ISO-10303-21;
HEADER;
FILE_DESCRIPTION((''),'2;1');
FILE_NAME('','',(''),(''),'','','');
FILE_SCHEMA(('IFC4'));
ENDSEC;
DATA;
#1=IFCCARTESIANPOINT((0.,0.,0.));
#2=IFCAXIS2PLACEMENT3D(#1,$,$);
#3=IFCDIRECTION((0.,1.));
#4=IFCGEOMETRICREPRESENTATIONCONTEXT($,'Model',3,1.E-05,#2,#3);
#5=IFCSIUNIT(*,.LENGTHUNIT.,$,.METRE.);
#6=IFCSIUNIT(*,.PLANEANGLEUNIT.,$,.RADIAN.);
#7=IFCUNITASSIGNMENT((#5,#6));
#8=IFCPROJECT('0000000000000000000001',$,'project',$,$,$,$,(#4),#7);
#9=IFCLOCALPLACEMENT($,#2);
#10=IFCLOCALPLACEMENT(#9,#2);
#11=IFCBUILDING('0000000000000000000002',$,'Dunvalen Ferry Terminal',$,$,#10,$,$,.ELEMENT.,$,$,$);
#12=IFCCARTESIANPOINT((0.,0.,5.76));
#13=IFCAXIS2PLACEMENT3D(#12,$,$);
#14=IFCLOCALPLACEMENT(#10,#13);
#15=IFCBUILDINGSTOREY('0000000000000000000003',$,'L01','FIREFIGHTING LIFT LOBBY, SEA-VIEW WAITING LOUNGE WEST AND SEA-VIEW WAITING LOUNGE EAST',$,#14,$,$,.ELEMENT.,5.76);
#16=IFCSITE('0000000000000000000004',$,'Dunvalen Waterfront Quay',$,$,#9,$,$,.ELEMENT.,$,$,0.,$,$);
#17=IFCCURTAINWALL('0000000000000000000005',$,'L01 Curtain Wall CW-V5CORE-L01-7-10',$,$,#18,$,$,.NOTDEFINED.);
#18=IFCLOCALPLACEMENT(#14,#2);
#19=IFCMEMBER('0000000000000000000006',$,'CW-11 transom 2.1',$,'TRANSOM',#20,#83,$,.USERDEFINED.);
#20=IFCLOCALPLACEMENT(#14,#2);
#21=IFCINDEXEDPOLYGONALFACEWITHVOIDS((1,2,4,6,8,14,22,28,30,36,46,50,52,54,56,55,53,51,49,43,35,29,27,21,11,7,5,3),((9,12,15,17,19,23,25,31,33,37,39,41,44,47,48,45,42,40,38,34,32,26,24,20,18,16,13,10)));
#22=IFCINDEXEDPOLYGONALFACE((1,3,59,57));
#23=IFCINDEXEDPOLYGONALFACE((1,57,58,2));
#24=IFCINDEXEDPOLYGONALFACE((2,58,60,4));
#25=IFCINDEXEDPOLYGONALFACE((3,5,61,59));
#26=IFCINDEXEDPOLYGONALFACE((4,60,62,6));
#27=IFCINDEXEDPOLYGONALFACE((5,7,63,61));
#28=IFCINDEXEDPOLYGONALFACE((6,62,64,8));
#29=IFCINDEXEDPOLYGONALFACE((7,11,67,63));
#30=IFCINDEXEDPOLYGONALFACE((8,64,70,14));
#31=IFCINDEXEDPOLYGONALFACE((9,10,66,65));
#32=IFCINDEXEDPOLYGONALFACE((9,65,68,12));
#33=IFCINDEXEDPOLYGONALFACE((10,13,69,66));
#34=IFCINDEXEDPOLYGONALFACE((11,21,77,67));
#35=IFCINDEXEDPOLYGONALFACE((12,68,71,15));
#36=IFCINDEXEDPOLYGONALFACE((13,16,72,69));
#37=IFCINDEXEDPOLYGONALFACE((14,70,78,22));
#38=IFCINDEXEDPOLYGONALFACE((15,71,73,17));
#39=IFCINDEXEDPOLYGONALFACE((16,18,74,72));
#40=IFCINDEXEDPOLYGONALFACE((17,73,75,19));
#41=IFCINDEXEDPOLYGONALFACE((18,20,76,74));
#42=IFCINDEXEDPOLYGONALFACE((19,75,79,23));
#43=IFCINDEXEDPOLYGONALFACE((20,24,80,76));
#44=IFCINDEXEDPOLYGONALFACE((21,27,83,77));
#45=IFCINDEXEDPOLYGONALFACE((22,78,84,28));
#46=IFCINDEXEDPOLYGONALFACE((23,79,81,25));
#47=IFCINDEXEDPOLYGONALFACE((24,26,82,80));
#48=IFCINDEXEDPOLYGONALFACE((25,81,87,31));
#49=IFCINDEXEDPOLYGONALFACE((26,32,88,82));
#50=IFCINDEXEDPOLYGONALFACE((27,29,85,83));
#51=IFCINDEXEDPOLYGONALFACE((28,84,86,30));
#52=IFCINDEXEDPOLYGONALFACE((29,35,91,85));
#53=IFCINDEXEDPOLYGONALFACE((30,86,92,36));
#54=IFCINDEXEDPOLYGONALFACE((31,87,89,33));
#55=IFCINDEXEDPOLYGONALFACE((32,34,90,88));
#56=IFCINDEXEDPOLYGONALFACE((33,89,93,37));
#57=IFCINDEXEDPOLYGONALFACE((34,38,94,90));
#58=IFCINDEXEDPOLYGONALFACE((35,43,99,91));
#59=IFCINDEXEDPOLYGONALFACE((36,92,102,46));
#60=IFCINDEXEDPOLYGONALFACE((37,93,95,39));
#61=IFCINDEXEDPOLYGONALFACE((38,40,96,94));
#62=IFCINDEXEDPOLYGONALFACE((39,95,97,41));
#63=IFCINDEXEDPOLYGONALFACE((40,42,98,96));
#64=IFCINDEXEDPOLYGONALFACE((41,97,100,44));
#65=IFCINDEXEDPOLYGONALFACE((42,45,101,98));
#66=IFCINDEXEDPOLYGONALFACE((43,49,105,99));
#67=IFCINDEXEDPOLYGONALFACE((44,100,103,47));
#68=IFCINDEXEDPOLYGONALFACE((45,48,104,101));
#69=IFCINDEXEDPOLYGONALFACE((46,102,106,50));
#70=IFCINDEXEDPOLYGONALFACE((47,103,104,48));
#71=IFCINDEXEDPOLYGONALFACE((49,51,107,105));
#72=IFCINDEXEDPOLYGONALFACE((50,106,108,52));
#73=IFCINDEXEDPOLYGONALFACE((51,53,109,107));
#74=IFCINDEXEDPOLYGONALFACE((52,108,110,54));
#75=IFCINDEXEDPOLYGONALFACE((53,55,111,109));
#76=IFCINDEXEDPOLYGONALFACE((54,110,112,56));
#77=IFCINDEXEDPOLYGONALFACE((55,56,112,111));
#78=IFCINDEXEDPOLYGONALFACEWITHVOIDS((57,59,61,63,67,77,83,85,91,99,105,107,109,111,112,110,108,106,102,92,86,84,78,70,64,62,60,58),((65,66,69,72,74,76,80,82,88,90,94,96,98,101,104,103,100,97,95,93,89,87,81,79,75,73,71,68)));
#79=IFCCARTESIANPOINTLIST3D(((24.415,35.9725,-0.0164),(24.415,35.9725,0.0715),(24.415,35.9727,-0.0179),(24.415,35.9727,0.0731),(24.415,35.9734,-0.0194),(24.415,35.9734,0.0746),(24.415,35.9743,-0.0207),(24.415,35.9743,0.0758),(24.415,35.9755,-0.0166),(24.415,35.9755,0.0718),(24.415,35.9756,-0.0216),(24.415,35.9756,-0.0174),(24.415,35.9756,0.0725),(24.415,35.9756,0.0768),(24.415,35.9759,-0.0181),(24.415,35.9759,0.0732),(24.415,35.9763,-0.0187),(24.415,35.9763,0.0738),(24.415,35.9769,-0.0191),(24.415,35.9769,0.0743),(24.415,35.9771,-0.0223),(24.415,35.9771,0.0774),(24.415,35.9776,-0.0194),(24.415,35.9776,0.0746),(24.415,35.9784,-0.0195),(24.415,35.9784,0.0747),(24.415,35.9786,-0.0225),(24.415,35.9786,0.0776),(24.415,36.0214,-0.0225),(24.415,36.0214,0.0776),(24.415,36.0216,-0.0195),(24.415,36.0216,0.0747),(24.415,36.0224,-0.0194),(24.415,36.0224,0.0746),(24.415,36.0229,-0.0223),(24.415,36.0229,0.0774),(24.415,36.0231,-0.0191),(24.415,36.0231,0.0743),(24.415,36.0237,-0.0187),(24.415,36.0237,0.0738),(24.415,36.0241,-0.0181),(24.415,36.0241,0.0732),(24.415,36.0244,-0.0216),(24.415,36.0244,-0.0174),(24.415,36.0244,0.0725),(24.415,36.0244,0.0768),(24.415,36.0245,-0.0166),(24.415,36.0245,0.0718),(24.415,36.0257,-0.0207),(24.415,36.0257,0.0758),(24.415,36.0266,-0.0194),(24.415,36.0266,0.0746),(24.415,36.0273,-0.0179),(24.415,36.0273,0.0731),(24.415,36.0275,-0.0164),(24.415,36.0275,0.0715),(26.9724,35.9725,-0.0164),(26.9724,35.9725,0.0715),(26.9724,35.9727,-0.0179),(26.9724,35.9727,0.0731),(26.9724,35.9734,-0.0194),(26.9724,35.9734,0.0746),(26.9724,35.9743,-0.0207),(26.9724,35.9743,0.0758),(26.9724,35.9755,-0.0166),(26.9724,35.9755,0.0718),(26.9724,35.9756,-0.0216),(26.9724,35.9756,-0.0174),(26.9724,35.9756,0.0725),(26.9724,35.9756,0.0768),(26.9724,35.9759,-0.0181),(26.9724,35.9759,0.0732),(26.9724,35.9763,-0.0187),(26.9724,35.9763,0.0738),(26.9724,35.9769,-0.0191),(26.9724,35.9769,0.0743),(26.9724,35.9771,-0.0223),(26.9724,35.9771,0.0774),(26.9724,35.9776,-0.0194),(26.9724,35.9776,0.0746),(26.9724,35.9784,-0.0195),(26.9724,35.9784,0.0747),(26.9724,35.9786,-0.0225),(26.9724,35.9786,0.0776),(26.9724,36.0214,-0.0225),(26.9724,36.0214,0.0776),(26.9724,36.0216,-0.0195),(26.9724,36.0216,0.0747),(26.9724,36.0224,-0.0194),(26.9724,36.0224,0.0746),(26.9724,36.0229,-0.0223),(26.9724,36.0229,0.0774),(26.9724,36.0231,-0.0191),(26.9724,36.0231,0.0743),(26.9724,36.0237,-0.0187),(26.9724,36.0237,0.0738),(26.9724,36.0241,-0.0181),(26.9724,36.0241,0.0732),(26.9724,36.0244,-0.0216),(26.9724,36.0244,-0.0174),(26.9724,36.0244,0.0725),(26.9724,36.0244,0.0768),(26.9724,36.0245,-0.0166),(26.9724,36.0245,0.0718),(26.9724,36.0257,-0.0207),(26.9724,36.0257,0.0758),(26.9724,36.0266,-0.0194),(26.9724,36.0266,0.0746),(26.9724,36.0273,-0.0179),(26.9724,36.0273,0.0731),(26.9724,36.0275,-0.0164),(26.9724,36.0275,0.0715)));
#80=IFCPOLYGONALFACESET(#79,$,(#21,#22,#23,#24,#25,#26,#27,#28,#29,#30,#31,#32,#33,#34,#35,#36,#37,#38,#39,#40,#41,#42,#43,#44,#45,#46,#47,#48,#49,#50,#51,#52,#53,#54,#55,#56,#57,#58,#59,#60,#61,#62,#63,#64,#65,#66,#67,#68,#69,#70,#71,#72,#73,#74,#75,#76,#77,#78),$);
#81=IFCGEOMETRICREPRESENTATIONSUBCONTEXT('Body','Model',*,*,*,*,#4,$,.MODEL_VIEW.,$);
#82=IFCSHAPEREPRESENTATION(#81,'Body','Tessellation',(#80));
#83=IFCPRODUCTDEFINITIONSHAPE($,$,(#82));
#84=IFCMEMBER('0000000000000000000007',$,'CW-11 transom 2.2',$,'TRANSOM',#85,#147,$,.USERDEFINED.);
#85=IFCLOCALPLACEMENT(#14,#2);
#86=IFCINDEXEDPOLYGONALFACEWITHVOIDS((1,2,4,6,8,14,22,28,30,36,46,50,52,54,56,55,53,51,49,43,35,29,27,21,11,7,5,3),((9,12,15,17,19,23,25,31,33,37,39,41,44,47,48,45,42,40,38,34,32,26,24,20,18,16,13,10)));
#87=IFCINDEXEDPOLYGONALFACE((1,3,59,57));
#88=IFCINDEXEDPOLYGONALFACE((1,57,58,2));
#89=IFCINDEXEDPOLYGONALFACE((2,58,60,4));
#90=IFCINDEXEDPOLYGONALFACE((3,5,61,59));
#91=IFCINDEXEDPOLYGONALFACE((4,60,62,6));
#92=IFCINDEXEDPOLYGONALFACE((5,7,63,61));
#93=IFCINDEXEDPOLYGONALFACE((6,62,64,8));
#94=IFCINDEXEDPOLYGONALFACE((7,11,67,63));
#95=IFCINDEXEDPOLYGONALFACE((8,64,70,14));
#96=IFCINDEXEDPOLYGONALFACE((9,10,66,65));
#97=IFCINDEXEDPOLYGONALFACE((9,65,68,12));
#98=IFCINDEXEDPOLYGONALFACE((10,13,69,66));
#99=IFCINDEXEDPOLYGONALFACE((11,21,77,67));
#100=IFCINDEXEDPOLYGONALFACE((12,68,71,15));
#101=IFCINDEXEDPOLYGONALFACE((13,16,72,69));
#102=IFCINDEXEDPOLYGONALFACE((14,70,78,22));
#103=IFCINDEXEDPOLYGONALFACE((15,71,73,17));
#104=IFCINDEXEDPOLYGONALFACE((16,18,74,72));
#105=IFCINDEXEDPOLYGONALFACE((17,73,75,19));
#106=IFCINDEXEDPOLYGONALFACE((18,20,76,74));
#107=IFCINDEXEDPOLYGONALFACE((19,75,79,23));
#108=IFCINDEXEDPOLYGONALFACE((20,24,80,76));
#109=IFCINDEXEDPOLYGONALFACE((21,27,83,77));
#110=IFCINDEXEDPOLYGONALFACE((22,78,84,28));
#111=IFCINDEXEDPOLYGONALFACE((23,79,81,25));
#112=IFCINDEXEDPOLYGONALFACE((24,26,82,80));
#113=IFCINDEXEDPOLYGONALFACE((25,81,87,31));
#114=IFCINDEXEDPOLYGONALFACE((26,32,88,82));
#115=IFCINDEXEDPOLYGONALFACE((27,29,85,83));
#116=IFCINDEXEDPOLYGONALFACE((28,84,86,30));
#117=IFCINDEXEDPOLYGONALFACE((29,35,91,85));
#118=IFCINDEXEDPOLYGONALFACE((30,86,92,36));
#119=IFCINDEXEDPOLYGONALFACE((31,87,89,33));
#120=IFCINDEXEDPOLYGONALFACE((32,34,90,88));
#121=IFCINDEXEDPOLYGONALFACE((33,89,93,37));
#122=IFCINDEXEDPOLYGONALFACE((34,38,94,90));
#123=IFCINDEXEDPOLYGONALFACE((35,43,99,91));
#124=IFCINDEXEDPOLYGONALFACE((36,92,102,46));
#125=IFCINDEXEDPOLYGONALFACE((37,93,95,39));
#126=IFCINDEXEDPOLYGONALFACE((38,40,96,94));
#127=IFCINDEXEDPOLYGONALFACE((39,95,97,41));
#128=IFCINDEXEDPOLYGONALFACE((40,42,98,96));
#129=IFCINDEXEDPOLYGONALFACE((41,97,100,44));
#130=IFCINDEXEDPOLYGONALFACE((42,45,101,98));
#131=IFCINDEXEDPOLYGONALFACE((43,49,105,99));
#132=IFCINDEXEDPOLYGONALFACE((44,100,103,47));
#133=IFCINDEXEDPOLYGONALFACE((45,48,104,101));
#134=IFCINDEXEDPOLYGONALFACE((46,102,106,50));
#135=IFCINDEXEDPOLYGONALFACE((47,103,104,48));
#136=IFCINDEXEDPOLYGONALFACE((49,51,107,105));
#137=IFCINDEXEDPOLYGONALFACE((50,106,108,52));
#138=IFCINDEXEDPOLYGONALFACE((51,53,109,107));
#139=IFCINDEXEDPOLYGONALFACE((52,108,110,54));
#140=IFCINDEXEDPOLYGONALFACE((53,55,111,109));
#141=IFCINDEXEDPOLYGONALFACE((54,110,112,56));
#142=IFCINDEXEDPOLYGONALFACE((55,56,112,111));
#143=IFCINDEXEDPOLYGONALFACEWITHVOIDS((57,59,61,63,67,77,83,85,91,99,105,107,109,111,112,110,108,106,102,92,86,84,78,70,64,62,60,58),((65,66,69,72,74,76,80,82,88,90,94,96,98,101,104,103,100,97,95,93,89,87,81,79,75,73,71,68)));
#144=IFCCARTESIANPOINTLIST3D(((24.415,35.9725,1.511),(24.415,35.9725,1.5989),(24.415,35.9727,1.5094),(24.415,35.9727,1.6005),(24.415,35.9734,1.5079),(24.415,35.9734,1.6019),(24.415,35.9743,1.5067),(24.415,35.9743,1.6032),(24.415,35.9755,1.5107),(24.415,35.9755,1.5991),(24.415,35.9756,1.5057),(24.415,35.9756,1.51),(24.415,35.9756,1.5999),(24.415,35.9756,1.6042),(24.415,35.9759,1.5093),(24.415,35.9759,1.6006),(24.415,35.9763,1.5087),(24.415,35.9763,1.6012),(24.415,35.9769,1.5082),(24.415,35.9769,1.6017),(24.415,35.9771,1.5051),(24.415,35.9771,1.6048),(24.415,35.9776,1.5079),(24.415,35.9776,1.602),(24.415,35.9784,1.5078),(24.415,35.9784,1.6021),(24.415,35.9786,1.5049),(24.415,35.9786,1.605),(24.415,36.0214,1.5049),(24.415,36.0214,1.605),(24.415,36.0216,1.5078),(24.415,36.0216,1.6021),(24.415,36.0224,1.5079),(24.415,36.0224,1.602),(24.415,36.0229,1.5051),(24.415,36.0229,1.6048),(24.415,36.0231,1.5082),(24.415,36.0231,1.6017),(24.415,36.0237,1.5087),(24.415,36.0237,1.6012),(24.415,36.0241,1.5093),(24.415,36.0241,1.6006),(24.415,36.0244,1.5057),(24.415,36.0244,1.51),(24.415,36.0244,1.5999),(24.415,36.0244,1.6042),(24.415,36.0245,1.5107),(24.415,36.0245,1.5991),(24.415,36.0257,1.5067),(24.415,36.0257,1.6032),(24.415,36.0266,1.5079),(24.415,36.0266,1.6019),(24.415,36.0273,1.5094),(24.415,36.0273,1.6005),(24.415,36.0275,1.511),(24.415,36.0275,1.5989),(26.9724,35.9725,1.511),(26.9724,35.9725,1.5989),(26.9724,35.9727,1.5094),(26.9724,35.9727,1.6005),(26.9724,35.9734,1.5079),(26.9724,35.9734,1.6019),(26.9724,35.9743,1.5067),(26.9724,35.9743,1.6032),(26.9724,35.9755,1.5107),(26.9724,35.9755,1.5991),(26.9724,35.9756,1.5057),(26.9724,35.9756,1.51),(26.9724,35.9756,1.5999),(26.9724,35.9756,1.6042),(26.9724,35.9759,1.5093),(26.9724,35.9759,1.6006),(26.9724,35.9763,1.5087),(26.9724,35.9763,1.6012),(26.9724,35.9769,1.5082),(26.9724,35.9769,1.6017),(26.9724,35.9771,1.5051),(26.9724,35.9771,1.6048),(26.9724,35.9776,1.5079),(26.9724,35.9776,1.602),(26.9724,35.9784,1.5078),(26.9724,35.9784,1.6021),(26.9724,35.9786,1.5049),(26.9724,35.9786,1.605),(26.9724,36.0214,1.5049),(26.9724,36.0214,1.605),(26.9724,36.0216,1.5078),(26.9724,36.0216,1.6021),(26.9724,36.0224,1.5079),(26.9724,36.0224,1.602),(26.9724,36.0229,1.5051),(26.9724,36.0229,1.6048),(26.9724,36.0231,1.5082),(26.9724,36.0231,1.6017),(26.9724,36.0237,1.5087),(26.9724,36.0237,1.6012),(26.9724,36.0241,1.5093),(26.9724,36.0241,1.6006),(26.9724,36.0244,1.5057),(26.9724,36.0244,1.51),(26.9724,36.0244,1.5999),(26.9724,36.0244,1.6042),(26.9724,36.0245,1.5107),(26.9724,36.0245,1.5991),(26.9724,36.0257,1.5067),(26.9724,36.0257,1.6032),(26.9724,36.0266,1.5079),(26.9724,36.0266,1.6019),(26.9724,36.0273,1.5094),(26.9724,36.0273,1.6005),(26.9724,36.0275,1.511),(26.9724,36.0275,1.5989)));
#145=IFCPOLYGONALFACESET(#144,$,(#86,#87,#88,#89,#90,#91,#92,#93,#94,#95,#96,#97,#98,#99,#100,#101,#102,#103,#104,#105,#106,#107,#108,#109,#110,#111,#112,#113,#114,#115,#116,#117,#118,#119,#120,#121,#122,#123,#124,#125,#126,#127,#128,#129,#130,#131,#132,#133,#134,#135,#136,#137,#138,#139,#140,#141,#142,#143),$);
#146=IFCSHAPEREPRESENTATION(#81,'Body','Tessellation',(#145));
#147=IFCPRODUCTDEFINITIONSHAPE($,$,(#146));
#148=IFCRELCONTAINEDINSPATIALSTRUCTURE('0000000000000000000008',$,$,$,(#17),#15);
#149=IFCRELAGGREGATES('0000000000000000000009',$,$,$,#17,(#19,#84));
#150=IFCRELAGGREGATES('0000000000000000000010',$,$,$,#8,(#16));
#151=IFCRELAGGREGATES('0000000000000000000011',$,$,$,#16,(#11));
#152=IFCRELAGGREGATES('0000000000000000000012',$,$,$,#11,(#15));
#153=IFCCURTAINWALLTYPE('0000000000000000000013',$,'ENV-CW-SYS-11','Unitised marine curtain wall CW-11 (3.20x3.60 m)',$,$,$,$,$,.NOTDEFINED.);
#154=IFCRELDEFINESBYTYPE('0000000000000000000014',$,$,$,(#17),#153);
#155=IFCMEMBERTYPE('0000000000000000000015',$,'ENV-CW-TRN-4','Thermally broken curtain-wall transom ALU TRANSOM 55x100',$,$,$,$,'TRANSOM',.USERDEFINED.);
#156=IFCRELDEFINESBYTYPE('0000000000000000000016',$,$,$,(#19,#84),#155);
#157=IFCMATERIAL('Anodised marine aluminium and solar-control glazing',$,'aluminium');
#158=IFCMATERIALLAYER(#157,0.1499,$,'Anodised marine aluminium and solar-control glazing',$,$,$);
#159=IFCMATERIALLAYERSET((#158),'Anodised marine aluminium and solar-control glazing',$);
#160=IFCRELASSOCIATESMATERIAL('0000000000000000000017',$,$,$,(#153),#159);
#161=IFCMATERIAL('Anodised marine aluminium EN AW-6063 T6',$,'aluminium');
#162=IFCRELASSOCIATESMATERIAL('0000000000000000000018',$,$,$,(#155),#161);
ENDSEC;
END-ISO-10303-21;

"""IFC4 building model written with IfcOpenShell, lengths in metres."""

from ifc_helpers import new_model, si_unit, direction, frame, origin, origin_2d, place, context, subcontext, project, spatial, hollow_rectangle, extrude, material, layer, layer_set, material_profile, profile_set, type_object, element, aggregate, save


model = new_model("IFC4")

# Units and contexts
model_context = context("Model", 3, precision=1e-05, world=origin(), true_north=direction((0.0, 1.0)))
body_context = subcontext(model_context, "Body", "Model", "MODEL_VIEW")
ifc_project = project(units=[si_unit("LENGTHUNIT", "METRE"), si_unit("PLANEANGLEUNIT", "RADIAN")], contexts=[model_context])

# Site, building, storey
site_placement = place(None, origin())
site = spatial("IfcSite", under=ifc_project, at=site_placement, Name="Dunvalen Waterfront Quay", CompositionType="ELEMENT", RefElevation=0.0)
building_placement = place(site_placement, origin())
building = spatial("IfcBuilding", under=site, at=building_placement, Name="Dunvalen Ferry Terminal", CompositionType="ELEMENT")
storey_placement = place(building_placement, frame((0.0, 0.0, 5.76)))
storey = spatial("IfcBuildingStorey", under=building, at=storey_placement, Name="L01", Description="FIREFIGHTING LIFT LOBBY, SEA-VIEW WAITING LOUNGE WEST AND SEA-VIEW WAITING LOUNGE EAST", CompositionType="ELEMENT", Elevation=5.76)

# Curtain wall, members
ifc_material_1 = material(Name="Anodised marine aluminium and solar-control glazing", Category="aluminium")
ifc_layer_1 = layer(ifc_material_1, 0.1499, Name="Anodised marine aluminium and solar-control glazing")
ifc_layer_set_1 = layer_set([ifc_layer_1], Name="Anodised marine aluminium and solar-control glazing")
curtain_wall_type = type_object("IfcCurtainWallType", Name="ENV-CW-SYS-11", Description="Unitised marine curtain wall CW-11 (3.20x3.60 m)", PredefinedType="NOTDEFINED", material=ifc_layer_set_1)
curtain_wall_placement = place(storey_placement, origin())
curtain_wall = element("IfcCurtainWall", 1, at=curtain_wall_placement, inside=storey, type_object=curtain_wall_type, Name="L01 Curtain Wall CW-V5CORE-L01-7-10", PredefinedType="NOTDEFINED")
ifc_material_2 = material(Name="Anodised marine aluminium EN AW-6063 T6", Category="aluminium")
ifc_material_profile_1 = material_profile(ifc_material_2, hollow_rectangle(XDim=0.0549, YDim=0.1001, WallThickness=0.0029, InnerFilletRadius=0.0029, OuterFilletRadius=0.0061, at=origin_2d()), Name="Anodised marine aluminium EN AW-6063 T6")
ifc_profile_set_1 = profile_set([ifc_material_profile_1], Name="Anodised marine aluminium EN AW-6063 T6")
member_type_1 = type_object("IfcMemberType", Name="ENV-CW-TRN-4", Description="Thermally broken curtain-wall transom ALU TRANSOM 55x100", ElementType="TRANSOM", PredefinedType="USERDEFINED", material=ifc_profile_set_1)
member_1_placement = place(storey_placement, frame((26.9724, 36.0, 0.0276), z_axis=(-1.0, 0.0, 0.0), x_axis=(0.0, -1.0, 0.0)))
member_1 = element("IfcMember", 2, at=member_1_placement, type_object=member_type_1, Name="CW-11 transom 2.1", ObjectType="TRANSOM", PredefinedType="USERDEFINED", context=body_context, shape_type="SweptSolid", body=[
    extrude(hollow_rectangle(XDim=0.0549, YDim=0.1001, WallThickness=0.0029, InnerFilletRadius=0.0029, OuterFilletRadius=0.0061, at=origin_2d()), origin(), (0.0, 0.0, 1.0), 2.5574),
])
member_2_placement = place(storey_placement, frame((26.9724, 36.0, 1.5549), z_axis=(-1.0, 0.0, 0.0), x_axis=(0.0, -1.0, 0.0)))
member_2 = element("IfcMember", 3, at=member_2_placement, type_object=member_type_1, Name="CW-11 transom 2.2", ObjectType="TRANSOM", PredefinedType="USERDEFINED", context=body_context, shape_type="SweptSolid", body=[
    extrude(hollow_rectangle(XDim=0.0549, YDim=0.1001, WallThickness=0.0029, InnerFilletRadius=0.0029, OuterFilletRadius=0.0061, at=origin_2d()), origin(), (0.0, 0.0, 1.0), 2.5574),
])

aggregate(curtain_wall, [member_1, member_2])

save(model, "model.ifc")
